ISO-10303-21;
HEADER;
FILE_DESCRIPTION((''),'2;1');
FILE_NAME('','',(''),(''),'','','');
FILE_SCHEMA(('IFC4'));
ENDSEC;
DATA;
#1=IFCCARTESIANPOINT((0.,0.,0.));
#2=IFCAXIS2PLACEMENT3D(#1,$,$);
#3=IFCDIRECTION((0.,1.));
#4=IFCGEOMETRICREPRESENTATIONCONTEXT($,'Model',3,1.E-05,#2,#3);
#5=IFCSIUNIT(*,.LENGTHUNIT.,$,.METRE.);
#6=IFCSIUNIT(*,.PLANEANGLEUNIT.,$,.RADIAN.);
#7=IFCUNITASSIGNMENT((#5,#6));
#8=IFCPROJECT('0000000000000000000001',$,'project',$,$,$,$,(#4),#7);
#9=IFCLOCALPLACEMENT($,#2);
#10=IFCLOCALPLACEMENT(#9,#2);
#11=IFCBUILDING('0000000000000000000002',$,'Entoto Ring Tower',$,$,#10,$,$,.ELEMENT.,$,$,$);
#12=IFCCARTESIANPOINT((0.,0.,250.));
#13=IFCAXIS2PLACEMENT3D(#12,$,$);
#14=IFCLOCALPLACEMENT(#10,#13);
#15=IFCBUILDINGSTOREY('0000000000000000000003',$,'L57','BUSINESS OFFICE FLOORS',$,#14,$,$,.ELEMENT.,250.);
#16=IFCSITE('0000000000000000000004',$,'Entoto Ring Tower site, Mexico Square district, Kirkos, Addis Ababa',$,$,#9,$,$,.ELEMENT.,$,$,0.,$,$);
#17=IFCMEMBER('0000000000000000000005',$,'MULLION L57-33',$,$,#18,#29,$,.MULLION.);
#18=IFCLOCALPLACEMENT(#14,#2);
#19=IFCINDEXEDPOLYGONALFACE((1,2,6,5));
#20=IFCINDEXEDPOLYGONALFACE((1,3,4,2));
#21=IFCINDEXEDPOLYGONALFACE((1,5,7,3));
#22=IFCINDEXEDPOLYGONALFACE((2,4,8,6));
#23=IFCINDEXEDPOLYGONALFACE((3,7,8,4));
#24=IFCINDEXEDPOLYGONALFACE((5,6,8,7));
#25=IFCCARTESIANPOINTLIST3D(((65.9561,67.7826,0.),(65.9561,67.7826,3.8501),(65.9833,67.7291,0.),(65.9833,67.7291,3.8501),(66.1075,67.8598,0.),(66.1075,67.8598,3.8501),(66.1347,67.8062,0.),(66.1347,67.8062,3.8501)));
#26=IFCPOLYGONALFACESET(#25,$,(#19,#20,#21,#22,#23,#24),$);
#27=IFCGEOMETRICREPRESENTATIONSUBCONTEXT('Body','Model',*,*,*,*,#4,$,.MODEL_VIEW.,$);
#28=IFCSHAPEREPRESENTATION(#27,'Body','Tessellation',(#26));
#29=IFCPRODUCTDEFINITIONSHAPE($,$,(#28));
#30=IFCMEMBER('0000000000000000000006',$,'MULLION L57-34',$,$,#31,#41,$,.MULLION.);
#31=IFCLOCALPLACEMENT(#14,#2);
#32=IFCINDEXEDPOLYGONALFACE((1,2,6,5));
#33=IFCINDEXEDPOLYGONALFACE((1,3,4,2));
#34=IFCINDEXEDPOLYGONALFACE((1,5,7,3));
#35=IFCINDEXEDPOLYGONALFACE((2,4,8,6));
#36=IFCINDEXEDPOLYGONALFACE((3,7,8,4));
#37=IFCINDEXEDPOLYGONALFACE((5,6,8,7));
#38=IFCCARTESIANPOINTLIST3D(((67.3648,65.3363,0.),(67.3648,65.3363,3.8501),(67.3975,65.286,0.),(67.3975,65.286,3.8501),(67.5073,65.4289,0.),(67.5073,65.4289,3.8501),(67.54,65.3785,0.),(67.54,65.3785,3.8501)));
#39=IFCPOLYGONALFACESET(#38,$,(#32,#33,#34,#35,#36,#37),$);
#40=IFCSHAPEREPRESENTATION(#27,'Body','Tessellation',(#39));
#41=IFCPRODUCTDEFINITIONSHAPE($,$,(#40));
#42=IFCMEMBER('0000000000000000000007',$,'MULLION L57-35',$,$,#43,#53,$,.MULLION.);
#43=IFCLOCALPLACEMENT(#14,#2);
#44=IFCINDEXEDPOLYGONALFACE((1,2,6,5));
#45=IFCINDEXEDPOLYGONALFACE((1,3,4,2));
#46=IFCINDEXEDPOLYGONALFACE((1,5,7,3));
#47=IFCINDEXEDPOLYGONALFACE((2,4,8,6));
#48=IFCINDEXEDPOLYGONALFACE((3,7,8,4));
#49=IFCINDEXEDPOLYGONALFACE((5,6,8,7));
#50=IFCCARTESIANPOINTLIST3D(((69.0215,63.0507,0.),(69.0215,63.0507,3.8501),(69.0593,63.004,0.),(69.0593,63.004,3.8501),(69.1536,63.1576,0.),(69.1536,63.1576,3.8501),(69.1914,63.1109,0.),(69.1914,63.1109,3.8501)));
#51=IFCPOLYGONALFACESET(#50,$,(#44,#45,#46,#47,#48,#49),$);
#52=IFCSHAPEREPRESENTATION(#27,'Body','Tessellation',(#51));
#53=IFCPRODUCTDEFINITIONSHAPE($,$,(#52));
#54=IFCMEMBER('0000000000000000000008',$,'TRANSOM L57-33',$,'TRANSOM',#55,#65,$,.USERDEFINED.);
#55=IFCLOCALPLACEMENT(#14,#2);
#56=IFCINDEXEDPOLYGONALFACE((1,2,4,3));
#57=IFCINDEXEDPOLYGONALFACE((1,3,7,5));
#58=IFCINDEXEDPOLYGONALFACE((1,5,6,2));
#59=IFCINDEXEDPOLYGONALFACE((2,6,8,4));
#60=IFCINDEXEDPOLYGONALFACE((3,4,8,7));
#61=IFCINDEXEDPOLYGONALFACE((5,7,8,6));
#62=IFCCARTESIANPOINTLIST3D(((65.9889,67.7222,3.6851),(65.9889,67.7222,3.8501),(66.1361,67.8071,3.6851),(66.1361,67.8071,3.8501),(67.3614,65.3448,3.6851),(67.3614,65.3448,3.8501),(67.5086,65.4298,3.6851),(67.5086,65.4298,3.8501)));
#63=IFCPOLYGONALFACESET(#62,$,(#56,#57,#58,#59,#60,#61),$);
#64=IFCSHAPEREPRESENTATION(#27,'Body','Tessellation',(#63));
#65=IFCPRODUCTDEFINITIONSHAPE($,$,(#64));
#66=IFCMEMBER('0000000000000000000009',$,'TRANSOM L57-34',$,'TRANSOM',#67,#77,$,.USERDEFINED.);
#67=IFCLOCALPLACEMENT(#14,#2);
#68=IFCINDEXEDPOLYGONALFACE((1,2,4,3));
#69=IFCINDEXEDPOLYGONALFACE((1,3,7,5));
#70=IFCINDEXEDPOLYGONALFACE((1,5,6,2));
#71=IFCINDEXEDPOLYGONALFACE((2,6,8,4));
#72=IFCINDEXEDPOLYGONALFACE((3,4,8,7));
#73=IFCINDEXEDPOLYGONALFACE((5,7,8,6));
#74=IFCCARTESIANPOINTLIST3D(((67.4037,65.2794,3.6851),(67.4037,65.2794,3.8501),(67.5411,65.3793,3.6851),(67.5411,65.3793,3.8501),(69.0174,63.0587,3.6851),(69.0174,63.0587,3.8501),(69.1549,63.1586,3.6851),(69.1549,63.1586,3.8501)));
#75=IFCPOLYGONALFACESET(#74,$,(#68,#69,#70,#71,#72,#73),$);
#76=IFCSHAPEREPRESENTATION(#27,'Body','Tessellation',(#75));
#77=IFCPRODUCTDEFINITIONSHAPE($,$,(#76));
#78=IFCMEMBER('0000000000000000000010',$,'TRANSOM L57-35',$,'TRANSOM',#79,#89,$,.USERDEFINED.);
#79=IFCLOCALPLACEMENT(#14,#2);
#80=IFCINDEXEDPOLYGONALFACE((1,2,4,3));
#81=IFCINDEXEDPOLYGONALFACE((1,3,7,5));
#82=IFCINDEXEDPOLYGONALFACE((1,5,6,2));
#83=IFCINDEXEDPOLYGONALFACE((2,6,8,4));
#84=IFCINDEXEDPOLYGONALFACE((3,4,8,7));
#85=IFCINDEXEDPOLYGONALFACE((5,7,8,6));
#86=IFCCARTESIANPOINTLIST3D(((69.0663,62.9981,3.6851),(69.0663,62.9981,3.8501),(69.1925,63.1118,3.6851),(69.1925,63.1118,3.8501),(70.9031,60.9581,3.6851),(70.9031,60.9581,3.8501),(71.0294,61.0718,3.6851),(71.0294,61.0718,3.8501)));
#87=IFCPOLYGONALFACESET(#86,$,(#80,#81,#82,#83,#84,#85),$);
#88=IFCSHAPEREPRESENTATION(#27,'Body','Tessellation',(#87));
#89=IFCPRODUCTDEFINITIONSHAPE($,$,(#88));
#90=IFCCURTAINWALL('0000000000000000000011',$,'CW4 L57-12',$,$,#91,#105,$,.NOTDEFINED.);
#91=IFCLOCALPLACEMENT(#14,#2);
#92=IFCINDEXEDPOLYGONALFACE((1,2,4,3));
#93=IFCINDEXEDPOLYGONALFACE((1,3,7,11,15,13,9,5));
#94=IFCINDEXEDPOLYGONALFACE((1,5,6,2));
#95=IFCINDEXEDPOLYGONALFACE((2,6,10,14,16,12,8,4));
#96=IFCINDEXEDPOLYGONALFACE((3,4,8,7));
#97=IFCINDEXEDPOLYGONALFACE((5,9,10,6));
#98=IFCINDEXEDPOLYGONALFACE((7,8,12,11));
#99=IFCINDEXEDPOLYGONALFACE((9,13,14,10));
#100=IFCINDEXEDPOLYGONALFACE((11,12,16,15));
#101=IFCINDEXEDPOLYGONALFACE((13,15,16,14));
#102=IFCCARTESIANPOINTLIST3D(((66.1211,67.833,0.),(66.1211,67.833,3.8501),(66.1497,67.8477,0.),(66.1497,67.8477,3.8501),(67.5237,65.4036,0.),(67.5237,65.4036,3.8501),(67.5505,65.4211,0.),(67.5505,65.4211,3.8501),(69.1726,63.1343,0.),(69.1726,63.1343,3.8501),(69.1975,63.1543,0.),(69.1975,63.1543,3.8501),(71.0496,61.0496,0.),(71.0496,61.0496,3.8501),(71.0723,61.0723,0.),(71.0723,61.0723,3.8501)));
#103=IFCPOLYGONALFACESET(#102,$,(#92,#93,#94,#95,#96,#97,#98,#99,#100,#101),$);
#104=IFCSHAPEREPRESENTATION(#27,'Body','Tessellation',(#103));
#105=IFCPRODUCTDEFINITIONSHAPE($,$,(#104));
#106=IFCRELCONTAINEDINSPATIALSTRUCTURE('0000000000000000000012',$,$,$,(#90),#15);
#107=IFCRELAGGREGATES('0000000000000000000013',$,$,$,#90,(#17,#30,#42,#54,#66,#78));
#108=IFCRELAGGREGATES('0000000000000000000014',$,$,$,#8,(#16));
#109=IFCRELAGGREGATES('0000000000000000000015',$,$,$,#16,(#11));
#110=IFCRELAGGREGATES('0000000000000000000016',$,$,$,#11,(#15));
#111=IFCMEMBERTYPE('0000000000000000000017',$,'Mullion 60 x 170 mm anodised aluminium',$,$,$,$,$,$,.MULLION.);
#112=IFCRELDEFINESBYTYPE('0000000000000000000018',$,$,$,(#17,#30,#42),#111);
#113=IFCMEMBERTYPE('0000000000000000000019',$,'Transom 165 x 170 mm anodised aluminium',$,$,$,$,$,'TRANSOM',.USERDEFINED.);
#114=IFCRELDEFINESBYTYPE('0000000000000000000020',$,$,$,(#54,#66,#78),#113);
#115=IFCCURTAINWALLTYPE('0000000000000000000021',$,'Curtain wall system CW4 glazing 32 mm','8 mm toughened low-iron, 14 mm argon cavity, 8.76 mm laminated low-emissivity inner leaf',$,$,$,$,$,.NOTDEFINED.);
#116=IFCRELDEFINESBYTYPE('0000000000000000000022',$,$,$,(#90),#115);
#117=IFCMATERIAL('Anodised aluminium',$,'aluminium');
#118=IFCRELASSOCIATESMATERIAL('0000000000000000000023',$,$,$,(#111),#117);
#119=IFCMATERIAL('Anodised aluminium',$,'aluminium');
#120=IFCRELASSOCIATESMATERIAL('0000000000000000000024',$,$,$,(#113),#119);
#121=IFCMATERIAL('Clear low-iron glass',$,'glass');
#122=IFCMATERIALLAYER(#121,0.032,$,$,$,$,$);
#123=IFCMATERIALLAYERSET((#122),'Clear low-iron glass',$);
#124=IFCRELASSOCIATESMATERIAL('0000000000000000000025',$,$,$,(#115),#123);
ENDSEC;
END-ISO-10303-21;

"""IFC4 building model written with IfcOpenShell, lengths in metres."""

from ifc_helpers import new_model, si_unit, direction, frame, origin, origin_2d, place, context, subcontext, project, spatial, polyline, rectangle, outline, extrude, material, layer, layer_set, material_profile, profile_set, type_object, element, aggregate, save


model = new_model("IFC4")

# Units and contexts
model_context = context("Model", 3, precision=1e-05, world=origin(), true_north=direction((0.0, 1.0)))
body_context = subcontext(model_context, "Body", "Model", "MODEL_VIEW")
ifc_project = project(units=[si_unit("LENGTHUNIT", "METRE"), si_unit("PLANEANGLEUNIT", "RADIAN")], contexts=[model_context])

# Members
ifc_material_1 = material(Name="Anodised aluminium", Category="aluminium")
ifc_material_profile_1 = material_profile(ifc_material_1, rectangle(XDim=0.0601, YDim=0.1699, at=origin_2d()), Name="Mullion 60 x 170 mm anodised aluminium")
ifc_profile_set_1 = profile_set([ifc_material_profile_1], Name="Anodised aluminium")
member_type_1 = type_object("IfcMemberType", Name="Mullion 60 x 170 mm anodised aluminium", PredefinedType="MULLION", material=ifc_profile_set_1)
site_placement = place(None, origin())
building_placement = place(site_placement, origin())
storey_placement = place(building_placement, frame((0.0, 0.0, 250.0)))
member_1_placement = place(storey_placement, frame((66.0454, 67.7944, 0.0), z_axis=(0.0, 0.0, 1.0), x_axis=(0.45399, -0.891007, 0.0)))
member_1 = element("IfcMember", 1, at=member_1_placement, type_object=member_type_1, Name="MULLION L57-33", PredefinedType="MULLION", context=body_context, shape_type="SweptSolid", body=[
    extrude(rectangle(XDim=0.0601, YDim=0.1699, at=origin_2d()), origin(), (0.0, 0.0, 1.0), 3.8501),
])
member_2_placement = place(storey_placement, frame((67.4524, 65.3574, 0.0), z_axis=(0.0, 0.0, 1.0), x_axis=(0.544639, -0.838671, 0.0)))
member_2 = element("IfcMember", 2, at=member_2_placement, type_object=member_type_1, Name="MULLION L57-34", PredefinedType="MULLION", context=body_context, shape_type="SweptSolid", body=[
    extrude(rectangle(XDim=0.0601, YDim=0.1699, at=origin_2d()), origin(), (0.0, 0.0, 1.0), 3.8501),
])
member_3_placement = place(storey_placement, frame((69.1064, 63.0808, 0.0), z_axis=(0.0, 0.0, 1.0), x_axis=(0.62932, -0.777146, 0.0)))
member_3 = element("IfcMember", 3, at=member_3_placement, type_object=member_type_1, Name="MULLION L57-35", PredefinedType="MULLION", context=body_context, shape_type="SweptSolid", body=[
    extrude(rectangle(XDim=0.0601, YDim=0.1699, at=origin_2d()), origin(), (0.0, 0.0, 1.0), 3.8501),
])
ifc_material_2 = material(Name="Anodised aluminium", Category="aluminium")
ifc_material_profile_2 = material_profile(ifc_material_2, rectangle(XDim=0.1699, YDim=0.165, at=origin_2d()), Name="Transom 165 x 170 mm anodised aluminium")
ifc_profile_set_2 = profile_set([ifc_material_profile_2], Name="Anodised aluminium")
member_type_2 = type_object("IfcMemberType", Name="Transom 165 x 170 mm anodised aluminium", ElementType="TRANSOM", PredefinedType="USERDEFINED", material=ifc_profile_set_2)
member_4_placement = place(storey_placement, frame((66.0625, 67.7646, 3.7676), z_axis=(0.499984, -0.866035, 0.0), x_axis=(0.866035, 0.499984, 0.0)))
member_4 = element("IfcMember", 4, at=member_4_placement, type_object=member_type_2, Name="TRANSOM L57-33", ObjectType="TRANSOM", PredefinedType="USERDEFINED", context=body_context, shape_type="SweptSolid", body=[
    extrude(rectangle(XDim=0.1699, YDim=0.165, at=origin_2d()), origin(), (0.0, 0.0, 1.0), 2.7451),
])
member_5_placement = place(storey_placement, frame((67.4724, 65.3293, 3.7676), z_axis=(0.587865, -0.808959, 0.0), x_axis=(0.808959, 0.587865, 0.0)))
member_5 = element("IfcMember", 5, at=member_5_placement, type_object=member_type_2, Name="TRANSOM L57-34", ObjectType="TRANSOM", PredefinedType="USERDEFINED", context=body_context, shape_type="SweptSolid", body=[
    extrude(rectangle(XDim=0.1699, YDim=0.165, at=origin_2d()), origin(), (0.0, 0.0, 1.0), 2.7451),
])
member_6_placement = place(storey_placement, frame((69.1294, 63.0549, 3.7676), z_axis=(0.669142, -0.743135, 0.0), x_axis=(0.743135, 0.669142, 0.0)))
member_6 = element("IfcMember", 6, at=member_6_placement, type_object=member_type_2, Name="TRANSOM L57-35", ObjectType="TRANSOM", PredefinedType="USERDEFINED", context=body_context, shape_type="SweptSolid", body=[
    extrude(rectangle(XDim=0.1699, YDim=0.165, at=origin_2d()), origin(), (0.0, 0.0, 1.0), 2.7451),
])

# Site, building, storey
site = spatial("IfcSite", under=ifc_project, at=site_placement, Name="Entoto Ring Tower site, Mexico Square district, Kirkos, Addis Ababa", CompositionType="ELEMENT", RefElevation=0.0)
building = spatial("IfcBuilding", under=site, at=building_placement, Name="Entoto Ring Tower", CompositionType="ELEMENT")
storey = spatial("IfcBuildingStorey", under=building, at=storey_placement, Name="L57", Description="BUSINESS OFFICE FLOORS", CompositionType="ELEMENT", Elevation=250.0)

# Curtain wall
ifc_material_3 = material(Name="Clear low-iron glass", Category="glass")
ifc_layer = layer(ifc_material_3, 0.032)
ifc_layer_set = layer_set([ifc_layer], Name="Clear low-iron glass")
curtain_wall_type = type_object("IfcCurtainWallType", Name="Curtain wall system CW4 glazing 32 mm", Description="8 mm toughened low-iron, 14 mm argon cavity, 8.76 mm laminated low-emissivity inner leaf", PredefinedType="NOTDEFINED", material=ifc_layer_set)
curtain_wall_1_placement = place(storey_placement, origin())
curtain_wall_1 = element("IfcCurtainWall", 7, at=curtain_wall_1_placement, inside=storey, type_object=curtain_wall_type, Name="CW4 L57-12", PredefinedType="NOTDEFINED", context=body_context, shape_type="SweptSolid", body=[
    extrude(outline(polyline([(66.1211, 67.833), (67.5237, 65.4036), (69.1726, 63.1343), (71.0496, 61.0496), (71.0723, 61.0723), (69.1975, 63.1543), (67.5505, 65.4211), (66.1497, 67.8477), (66.1211, 67.833)])), origin(), (0.0, 0.0, 1.0), 3.8501),
])
aggregate(curtain_wall_1, [member_1, member_2, member_3, member_4, member_5, member_6])

save(model, "model.ifc")
